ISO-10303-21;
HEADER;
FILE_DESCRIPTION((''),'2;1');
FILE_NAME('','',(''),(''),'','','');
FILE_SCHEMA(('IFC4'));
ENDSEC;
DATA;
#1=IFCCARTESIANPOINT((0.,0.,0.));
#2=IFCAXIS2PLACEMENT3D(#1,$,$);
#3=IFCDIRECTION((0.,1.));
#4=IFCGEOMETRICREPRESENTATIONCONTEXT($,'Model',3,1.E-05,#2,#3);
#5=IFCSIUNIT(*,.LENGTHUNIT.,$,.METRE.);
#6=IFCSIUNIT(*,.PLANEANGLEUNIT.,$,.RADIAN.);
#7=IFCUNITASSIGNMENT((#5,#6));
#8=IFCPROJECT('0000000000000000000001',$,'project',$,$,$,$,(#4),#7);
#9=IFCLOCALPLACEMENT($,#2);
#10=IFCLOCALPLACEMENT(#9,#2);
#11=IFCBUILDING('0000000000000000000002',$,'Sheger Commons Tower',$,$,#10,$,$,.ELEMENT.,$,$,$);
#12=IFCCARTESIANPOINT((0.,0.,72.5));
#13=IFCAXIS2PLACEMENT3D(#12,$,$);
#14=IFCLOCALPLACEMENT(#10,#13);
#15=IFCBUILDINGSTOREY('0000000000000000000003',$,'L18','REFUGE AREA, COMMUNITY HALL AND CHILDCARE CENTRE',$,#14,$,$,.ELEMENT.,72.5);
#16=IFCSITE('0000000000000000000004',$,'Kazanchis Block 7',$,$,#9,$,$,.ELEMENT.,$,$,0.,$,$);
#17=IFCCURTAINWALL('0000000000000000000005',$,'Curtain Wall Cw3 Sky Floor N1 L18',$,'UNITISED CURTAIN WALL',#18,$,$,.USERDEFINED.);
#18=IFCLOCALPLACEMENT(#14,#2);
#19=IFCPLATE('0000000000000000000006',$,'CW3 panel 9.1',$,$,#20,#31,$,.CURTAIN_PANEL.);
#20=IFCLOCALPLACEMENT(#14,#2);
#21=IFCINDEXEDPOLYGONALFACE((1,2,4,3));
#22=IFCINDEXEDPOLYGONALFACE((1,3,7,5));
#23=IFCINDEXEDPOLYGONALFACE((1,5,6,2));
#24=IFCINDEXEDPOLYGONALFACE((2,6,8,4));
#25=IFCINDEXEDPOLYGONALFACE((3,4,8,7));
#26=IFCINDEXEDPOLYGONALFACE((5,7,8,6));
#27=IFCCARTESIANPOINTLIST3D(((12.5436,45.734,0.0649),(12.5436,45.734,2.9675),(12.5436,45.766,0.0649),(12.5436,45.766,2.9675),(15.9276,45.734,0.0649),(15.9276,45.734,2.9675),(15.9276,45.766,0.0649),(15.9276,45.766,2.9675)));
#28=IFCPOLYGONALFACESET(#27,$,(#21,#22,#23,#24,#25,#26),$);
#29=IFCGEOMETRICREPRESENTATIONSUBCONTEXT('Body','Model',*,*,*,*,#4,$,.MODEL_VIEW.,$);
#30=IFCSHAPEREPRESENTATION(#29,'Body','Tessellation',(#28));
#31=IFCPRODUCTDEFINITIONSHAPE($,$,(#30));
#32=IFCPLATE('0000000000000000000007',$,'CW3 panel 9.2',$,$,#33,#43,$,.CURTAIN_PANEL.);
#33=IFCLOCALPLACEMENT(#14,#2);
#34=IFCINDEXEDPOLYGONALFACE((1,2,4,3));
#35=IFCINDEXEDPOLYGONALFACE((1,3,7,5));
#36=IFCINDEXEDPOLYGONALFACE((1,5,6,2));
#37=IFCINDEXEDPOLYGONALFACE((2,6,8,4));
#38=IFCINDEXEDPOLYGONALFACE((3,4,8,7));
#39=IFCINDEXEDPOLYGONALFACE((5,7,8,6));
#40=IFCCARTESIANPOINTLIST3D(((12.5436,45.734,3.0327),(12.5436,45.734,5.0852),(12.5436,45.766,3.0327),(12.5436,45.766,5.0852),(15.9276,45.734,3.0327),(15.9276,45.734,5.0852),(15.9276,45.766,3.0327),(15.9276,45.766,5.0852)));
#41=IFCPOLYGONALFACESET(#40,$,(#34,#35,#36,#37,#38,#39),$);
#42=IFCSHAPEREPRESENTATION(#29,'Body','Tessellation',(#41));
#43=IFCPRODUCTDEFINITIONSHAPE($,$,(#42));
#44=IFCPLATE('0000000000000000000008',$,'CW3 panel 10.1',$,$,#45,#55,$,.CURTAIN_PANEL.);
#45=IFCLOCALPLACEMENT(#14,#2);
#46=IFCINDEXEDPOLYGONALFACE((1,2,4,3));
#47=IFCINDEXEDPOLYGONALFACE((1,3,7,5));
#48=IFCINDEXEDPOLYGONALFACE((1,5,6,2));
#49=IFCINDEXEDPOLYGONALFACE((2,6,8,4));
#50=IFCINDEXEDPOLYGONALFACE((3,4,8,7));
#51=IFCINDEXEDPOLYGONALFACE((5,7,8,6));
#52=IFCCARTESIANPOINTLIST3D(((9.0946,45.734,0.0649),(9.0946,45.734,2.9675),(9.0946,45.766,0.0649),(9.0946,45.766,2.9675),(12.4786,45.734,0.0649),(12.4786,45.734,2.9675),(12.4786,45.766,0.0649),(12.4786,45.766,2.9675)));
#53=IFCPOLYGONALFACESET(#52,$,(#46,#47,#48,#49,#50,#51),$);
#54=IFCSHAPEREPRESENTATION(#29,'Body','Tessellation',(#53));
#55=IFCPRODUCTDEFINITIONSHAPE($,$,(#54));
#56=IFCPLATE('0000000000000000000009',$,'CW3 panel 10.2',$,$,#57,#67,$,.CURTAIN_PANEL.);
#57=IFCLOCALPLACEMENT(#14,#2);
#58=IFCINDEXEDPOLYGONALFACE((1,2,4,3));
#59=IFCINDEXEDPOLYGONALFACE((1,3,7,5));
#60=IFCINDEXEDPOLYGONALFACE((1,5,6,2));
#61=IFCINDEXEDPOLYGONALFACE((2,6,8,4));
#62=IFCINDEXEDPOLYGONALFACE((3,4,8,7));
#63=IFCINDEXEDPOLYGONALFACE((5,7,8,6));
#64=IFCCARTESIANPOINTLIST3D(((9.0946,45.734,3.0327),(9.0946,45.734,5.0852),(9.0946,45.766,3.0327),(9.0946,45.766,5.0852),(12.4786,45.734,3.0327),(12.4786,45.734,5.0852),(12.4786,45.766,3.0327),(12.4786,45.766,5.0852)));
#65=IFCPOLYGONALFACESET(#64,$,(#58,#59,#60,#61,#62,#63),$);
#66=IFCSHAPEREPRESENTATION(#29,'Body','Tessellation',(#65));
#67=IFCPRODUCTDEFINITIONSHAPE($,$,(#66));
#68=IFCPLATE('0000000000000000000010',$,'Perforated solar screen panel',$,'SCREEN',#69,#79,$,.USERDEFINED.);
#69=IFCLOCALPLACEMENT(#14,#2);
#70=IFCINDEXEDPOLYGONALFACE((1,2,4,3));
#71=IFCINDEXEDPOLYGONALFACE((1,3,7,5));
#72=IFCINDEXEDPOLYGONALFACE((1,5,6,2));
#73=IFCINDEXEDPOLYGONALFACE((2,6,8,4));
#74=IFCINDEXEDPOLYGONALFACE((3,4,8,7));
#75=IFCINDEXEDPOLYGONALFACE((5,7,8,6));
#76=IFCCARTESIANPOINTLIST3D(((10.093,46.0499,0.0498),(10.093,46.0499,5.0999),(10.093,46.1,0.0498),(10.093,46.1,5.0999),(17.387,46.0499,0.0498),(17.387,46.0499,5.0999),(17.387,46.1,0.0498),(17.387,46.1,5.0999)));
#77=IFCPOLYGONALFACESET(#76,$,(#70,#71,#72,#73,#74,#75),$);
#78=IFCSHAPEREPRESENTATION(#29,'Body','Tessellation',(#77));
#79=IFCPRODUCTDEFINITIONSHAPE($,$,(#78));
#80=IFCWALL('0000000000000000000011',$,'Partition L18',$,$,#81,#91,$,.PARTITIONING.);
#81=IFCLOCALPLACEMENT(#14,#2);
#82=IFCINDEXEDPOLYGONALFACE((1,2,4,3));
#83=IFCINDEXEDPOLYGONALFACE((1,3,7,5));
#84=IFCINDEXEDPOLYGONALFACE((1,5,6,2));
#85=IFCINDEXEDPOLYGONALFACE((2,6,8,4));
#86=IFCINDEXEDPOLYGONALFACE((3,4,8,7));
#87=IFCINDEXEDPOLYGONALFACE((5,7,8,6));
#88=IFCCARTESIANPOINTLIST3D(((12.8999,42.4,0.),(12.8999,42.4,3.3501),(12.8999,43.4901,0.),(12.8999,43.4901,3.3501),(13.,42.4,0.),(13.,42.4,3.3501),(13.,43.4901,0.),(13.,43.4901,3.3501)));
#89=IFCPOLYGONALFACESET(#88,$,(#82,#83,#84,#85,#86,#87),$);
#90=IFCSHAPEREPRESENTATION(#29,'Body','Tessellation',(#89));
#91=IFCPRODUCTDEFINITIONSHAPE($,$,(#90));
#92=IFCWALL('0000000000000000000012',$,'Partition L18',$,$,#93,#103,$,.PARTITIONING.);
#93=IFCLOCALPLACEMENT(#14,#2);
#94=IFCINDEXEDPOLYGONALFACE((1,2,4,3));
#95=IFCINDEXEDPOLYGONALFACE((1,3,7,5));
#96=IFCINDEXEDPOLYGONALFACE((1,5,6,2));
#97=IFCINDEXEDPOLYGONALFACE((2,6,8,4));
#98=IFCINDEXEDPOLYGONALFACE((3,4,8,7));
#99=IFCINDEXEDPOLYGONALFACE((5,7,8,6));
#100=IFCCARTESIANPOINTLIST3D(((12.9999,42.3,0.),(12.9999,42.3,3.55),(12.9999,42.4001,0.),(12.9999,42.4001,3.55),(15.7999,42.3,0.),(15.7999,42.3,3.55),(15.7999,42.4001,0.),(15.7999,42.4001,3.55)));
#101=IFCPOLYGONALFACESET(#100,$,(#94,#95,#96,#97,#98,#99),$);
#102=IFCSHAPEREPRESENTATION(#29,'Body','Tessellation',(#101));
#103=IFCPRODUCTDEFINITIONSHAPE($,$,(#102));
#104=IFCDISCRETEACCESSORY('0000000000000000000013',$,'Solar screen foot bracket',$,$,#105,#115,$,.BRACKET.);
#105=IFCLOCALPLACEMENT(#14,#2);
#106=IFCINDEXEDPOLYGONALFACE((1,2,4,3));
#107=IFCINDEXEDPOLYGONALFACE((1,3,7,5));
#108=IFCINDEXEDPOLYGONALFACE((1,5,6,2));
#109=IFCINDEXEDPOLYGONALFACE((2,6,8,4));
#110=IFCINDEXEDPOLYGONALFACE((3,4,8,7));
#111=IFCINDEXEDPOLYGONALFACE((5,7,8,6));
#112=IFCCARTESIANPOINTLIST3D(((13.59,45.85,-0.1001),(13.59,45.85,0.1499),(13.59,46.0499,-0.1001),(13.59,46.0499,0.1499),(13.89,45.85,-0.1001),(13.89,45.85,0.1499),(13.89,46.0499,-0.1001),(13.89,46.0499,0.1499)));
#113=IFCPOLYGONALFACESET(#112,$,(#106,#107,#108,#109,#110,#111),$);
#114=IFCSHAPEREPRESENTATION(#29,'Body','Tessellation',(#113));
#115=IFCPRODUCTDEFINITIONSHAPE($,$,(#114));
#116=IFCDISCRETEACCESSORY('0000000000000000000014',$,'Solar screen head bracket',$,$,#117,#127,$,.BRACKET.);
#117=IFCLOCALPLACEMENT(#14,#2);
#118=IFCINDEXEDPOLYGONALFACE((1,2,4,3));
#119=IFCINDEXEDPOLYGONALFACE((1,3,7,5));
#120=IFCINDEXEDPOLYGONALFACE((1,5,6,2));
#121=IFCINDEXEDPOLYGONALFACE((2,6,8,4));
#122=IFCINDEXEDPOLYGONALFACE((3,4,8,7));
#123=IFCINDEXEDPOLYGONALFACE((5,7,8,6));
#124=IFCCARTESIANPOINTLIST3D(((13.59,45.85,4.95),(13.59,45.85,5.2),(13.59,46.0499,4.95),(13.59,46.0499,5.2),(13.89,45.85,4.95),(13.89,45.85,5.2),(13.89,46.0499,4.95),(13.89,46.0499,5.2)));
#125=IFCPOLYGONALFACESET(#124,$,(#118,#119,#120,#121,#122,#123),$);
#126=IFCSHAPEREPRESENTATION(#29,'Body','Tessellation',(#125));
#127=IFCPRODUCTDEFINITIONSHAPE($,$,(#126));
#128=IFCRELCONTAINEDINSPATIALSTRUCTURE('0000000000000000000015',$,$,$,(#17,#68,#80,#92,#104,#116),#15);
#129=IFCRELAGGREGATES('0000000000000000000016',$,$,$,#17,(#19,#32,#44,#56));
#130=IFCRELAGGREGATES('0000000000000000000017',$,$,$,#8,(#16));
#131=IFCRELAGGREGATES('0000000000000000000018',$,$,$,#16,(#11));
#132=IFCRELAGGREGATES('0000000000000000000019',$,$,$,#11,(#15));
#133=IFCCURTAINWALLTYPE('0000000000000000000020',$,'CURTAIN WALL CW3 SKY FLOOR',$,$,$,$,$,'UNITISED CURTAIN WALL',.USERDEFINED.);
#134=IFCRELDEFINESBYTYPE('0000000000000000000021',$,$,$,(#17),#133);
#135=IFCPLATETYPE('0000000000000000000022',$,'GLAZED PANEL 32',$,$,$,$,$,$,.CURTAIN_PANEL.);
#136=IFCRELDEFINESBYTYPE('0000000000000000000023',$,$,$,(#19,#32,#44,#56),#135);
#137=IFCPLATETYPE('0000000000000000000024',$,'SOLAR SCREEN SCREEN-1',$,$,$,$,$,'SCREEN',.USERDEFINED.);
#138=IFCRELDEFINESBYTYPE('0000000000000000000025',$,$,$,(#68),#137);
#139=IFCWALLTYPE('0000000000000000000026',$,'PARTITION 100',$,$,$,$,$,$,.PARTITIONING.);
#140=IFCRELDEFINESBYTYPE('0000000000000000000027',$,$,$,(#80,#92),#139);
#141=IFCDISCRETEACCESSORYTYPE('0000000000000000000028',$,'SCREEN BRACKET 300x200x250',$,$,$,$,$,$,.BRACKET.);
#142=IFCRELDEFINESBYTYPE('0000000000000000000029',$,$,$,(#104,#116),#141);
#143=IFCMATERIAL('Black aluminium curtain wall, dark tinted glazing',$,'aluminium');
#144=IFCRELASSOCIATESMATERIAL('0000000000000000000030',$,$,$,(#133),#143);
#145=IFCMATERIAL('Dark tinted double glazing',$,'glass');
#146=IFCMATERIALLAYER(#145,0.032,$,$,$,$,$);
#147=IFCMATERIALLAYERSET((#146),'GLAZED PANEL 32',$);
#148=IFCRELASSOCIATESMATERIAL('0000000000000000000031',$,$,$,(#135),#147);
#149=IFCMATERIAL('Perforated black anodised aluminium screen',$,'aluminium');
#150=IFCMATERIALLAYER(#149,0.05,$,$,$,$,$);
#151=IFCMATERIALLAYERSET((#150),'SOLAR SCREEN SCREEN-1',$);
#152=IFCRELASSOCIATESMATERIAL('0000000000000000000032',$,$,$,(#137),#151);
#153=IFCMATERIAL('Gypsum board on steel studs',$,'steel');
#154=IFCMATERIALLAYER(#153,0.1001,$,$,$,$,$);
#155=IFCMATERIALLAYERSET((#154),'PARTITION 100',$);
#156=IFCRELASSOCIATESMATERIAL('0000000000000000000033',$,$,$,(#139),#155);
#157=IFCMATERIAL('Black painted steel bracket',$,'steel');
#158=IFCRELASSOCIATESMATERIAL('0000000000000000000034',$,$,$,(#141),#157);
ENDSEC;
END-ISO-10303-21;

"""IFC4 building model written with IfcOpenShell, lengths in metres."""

from ifc_helpers import new_model, si_unit, direction, frame, frame_2d, origin, origin_2d, place, context, subcontext, project, spatial, rectangle, extrude, material, layer, layer_set, type_object, element, aggregate, save


model = new_model("IFC4")

# Units and contexts
model_context = context("Model", 3, precision=1e-05, world=origin(), true_north=direction((0.0, 1.0)))
body_context = subcontext(model_context, "Body", "Model", "MODEL_VIEW")
ifc_project = project(units=[si_unit("LENGTHUNIT", "METRE"), si_unit("PLANEANGLEUNIT", "RADIAN")], contexts=[model_context])

# Site, building, storey
site_placement = place(None, origin())
site = spatial("IfcSite", under=ifc_project, at=site_placement, Name="Kazanchis Block 7", CompositionType="ELEMENT", RefElevation=0.0)
building_placement = place(site_placement, origin())
building = spatial("IfcBuilding", under=site, at=building_placement, Name="Sheger Commons Tower", CompositionType="ELEMENT")
storey_placement = place(building_placement, frame((0.0, 0.0, 72.5)))
storey = spatial("IfcBuildingStorey", under=building, at=storey_placement, Name="L18", Description="REFUGE AREA, COMMUNITY HALL AND CHILDCARE CENTRE", CompositionType="ELEMENT", Elevation=72.5)

# Curtain wall
ifc_material_1 = material(Name="Black aluminium curtain wall, dark tinted glazing", Category="aluminium")
curtain_wall_type = type_object("IfcCurtainWallType", Name="CURTAIN WALL CW3 SKY FLOOR", ElementType="UNITISED CURTAIN WALL", PredefinedType="USERDEFINED", material=ifc_material_1)
curtain_wall_placement = place(storey_placement, origin())
curtain_wall = element("IfcCurtainWall", 1, at=curtain_wall_placement, inside=storey, type_object=curtain_wall_type, Name="Curtain Wall Cw3 Sky Floor N1 L18", ObjectType="UNITISED CURTAIN WALL", PredefinedType="USERDEFINED")

# Plates
ifc_material_2 = material(Name="Dark tinted double glazing", Category="glass")
ifc_layer_1 = layer(ifc_material_2, 0.032)
ifc_layer_set_1 = layer_set([ifc_layer_1], Name="GLAZED PANEL 32")
plate_type_1 = type_object("IfcPlateType", Name="GLAZED PANEL 32", PredefinedType="CURTAIN_PANEL", material=ifc_layer_set_1)
plate_1_placement = place(storey_placement, frame((14.2356, 45.75, 0.0649), z_axis=(0.0, 0.0, 1.0), x_axis=(-1.0, 0.0, 0.0)))
plate_1 = element("IfcPlate", 2, at=plate_1_placement, type_object=plate_type_1, Name="CW3 panel 9.1", PredefinedType="CURTAIN_PANEL", context=body_context, shape_type="SweptSolid", body=[
    extrude(rectangle(XDim=3.384, YDim=0.032, at=origin_2d()), origin(), (0.0, 0.0, 1.0), 2.9026),
])
plate_2_placement = place(storey_placement, frame((14.2356, 45.75, 3.0327), z_axis=(0.0, 0.0, 1.0), x_axis=(-1.0, 0.0, 0.0)))
plate_2 = element("IfcPlate", 3, at=plate_2_placement, type_object=plate_type_1, Name="CW3 panel 9.2", PredefinedType="CURTAIN_PANEL", context=body_context, shape_type="SweptSolid", body=[
    extrude(rectangle(XDim=3.384, YDim=0.032, at=origin_2d()), origin(), (0.0, 0.0, 1.0), 2.0525),
])
plate_3_placement = place(storey_placement, frame((10.7866, 45.75, 0.0649), z_axis=(0.0, 0.0, 1.0), x_axis=(-1.0, 0.0, 0.0)))
plate_3 = element("IfcPlate", 4, at=plate_3_placement, type_object=plate_type_1, Name="CW3 panel 10.1", PredefinedType="CURTAIN_PANEL", context=body_context, shape_type="SweptSolid", body=[
    extrude(rectangle(XDim=3.384, YDim=0.032, at=origin_2d()), origin(), (0.0, 0.0, 1.0), 2.9026),
])
plate_4_placement = place(storey_placement, frame((10.7866, 45.75, 3.0327), z_axis=(0.0, 0.0, 1.0), x_axis=(-1.0, 0.0, 0.0)))
plate_4 = element("IfcPlate", 5, at=plate_4_placement, type_object=plate_type_1, Name="CW3 panel 10.2", PredefinedType="CURTAIN_PANEL", context=body_context, shape_type="SweptSolid", body=[
    extrude(rectangle(XDim=3.384, YDim=0.032, at=origin_2d()), origin(), (0.0, 0.0, 1.0), 2.0525),
])
aggregate(curtain_wall, [plate_1, plate_2, plate_3, plate_4])
ifc_material_3 = material(Name="Perforated black anodised aluminium screen", Category="aluminium")
ifc_layer_2 = layer(ifc_material_3, 0.05)
ifc_layer_set_2 = layer_set([ifc_layer_2], Name="SOLAR SCREEN SCREEN-1")
plate_type_2 = type_object("IfcPlateType", Name="SOLAR SCREEN SCREEN-1", ElementType="SCREEN", PredefinedType="USERDEFINED", material=ifc_layer_set_2)
plate_5_placement = place(storey_placement, frame((13.74, 46.075, 0.0498), z_axis=(0.0, 0.0, 1.0), x_axis=(-1.0, 0.0, 0.0)))
element("IfcPlate", 6, at=plate_5_placement, inside=storey, type_object=plate_type_2, Name="Perforated solar screen panel", ObjectType="SCREEN", PredefinedType="USERDEFINED", context=body_context, shape_type="SweptSolid", body=[
    extrude(rectangle(XDim=7.2939, YDim=0.05, at=origin_2d()), origin(), (0.0, 0.0, 1.0), 5.05),
])

# Walls
ifc_material_4 = material(Name="Gypsum board on steel studs", Category="steel")
ifc_layer_3 = layer(ifc_material_4, 0.1001)
ifc_layer_set_3 = layer_set([ifc_layer_3], Name="PARTITION 100")
wall_type = type_object("IfcWallType", Name="PARTITION 100", PredefinedType="PARTITIONING", material=ifc_layer_set_3)
wall_1_placement = place(storey_placement, frame((12.95, 43.49, 0.0), z_axis=(0.0, 0.0, 1.0), x_axis=(0.0, -1.0, 0.0)))
element("IfcWall", 7, at=wall_1_placement, inside=storey, type_object=wall_type, Name="Partition L18", PredefinedType="PARTITIONING", context=body_context, shape_type="SweptSolid", body=[
    extrude(rectangle(XDim=1.0901, YDim=0.1001, at=frame_2d((0.5449, 0.0))), origin(), (0.0, 0.0, 1.0), 3.3501),
])
wall_2_placement = place(storey_placement, frame((13.0, 42.3501, 0.0), z_axis=(0.0, 0.0, 1.0), x_axis=(1.0, 0.0, 0.0)))
element("IfcWall", 8, at=wall_2_placement, inside=storey, type_object=wall_type, Name="Partition L18", PredefinedType="PARTITIONING", context=body_context, shape_type="SweptSolid", body=[
    extrude(rectangle(XDim=2.8, YDim=0.1001, at=frame_2d((1.3999, 0.0))), origin(), (0.0, 0.0, 1.0), 3.55),
])

# Discrete accessories
ifc_material_5 = material(Name="Black painted steel bracket", Category="steel")
discrete_accessory_type = type_object("IfcDiscreteAccessoryType", Name="SCREEN BRACKET 300x200x250", PredefinedType="BRACKET", material=ifc_material_5)
for number, where, z_axis, x_axis, name in (
    (9, (13.74, 45.95, -0.1001), (0.0, 0.0, 1.0), (-1.0, 0.0, 0.0), "Solar screen foot bracket"),
    (10, (13.74, 45.95, 4.95), (0.0, 0.0, 1.0), (-1.0, 0.0, 0.0), "Solar screen head bracket"),
):
    element("IfcDiscreteAccessory", number, at=place(storey_placement, frame(where, z_axis=z_axis, x_axis=x_axis)), inside=storey, type_object=discrete_accessory_type, Name=name, PredefinedType="BRACKET", context=body_context, shape_type="SweptSolid", body=[
        extrude(rectangle(XDim=0.3, YDim=0.2, at=origin_2d()), origin(), (0.0, 0.0, 1.0), 0.25),
    ])

save(model, "model.ifc")
